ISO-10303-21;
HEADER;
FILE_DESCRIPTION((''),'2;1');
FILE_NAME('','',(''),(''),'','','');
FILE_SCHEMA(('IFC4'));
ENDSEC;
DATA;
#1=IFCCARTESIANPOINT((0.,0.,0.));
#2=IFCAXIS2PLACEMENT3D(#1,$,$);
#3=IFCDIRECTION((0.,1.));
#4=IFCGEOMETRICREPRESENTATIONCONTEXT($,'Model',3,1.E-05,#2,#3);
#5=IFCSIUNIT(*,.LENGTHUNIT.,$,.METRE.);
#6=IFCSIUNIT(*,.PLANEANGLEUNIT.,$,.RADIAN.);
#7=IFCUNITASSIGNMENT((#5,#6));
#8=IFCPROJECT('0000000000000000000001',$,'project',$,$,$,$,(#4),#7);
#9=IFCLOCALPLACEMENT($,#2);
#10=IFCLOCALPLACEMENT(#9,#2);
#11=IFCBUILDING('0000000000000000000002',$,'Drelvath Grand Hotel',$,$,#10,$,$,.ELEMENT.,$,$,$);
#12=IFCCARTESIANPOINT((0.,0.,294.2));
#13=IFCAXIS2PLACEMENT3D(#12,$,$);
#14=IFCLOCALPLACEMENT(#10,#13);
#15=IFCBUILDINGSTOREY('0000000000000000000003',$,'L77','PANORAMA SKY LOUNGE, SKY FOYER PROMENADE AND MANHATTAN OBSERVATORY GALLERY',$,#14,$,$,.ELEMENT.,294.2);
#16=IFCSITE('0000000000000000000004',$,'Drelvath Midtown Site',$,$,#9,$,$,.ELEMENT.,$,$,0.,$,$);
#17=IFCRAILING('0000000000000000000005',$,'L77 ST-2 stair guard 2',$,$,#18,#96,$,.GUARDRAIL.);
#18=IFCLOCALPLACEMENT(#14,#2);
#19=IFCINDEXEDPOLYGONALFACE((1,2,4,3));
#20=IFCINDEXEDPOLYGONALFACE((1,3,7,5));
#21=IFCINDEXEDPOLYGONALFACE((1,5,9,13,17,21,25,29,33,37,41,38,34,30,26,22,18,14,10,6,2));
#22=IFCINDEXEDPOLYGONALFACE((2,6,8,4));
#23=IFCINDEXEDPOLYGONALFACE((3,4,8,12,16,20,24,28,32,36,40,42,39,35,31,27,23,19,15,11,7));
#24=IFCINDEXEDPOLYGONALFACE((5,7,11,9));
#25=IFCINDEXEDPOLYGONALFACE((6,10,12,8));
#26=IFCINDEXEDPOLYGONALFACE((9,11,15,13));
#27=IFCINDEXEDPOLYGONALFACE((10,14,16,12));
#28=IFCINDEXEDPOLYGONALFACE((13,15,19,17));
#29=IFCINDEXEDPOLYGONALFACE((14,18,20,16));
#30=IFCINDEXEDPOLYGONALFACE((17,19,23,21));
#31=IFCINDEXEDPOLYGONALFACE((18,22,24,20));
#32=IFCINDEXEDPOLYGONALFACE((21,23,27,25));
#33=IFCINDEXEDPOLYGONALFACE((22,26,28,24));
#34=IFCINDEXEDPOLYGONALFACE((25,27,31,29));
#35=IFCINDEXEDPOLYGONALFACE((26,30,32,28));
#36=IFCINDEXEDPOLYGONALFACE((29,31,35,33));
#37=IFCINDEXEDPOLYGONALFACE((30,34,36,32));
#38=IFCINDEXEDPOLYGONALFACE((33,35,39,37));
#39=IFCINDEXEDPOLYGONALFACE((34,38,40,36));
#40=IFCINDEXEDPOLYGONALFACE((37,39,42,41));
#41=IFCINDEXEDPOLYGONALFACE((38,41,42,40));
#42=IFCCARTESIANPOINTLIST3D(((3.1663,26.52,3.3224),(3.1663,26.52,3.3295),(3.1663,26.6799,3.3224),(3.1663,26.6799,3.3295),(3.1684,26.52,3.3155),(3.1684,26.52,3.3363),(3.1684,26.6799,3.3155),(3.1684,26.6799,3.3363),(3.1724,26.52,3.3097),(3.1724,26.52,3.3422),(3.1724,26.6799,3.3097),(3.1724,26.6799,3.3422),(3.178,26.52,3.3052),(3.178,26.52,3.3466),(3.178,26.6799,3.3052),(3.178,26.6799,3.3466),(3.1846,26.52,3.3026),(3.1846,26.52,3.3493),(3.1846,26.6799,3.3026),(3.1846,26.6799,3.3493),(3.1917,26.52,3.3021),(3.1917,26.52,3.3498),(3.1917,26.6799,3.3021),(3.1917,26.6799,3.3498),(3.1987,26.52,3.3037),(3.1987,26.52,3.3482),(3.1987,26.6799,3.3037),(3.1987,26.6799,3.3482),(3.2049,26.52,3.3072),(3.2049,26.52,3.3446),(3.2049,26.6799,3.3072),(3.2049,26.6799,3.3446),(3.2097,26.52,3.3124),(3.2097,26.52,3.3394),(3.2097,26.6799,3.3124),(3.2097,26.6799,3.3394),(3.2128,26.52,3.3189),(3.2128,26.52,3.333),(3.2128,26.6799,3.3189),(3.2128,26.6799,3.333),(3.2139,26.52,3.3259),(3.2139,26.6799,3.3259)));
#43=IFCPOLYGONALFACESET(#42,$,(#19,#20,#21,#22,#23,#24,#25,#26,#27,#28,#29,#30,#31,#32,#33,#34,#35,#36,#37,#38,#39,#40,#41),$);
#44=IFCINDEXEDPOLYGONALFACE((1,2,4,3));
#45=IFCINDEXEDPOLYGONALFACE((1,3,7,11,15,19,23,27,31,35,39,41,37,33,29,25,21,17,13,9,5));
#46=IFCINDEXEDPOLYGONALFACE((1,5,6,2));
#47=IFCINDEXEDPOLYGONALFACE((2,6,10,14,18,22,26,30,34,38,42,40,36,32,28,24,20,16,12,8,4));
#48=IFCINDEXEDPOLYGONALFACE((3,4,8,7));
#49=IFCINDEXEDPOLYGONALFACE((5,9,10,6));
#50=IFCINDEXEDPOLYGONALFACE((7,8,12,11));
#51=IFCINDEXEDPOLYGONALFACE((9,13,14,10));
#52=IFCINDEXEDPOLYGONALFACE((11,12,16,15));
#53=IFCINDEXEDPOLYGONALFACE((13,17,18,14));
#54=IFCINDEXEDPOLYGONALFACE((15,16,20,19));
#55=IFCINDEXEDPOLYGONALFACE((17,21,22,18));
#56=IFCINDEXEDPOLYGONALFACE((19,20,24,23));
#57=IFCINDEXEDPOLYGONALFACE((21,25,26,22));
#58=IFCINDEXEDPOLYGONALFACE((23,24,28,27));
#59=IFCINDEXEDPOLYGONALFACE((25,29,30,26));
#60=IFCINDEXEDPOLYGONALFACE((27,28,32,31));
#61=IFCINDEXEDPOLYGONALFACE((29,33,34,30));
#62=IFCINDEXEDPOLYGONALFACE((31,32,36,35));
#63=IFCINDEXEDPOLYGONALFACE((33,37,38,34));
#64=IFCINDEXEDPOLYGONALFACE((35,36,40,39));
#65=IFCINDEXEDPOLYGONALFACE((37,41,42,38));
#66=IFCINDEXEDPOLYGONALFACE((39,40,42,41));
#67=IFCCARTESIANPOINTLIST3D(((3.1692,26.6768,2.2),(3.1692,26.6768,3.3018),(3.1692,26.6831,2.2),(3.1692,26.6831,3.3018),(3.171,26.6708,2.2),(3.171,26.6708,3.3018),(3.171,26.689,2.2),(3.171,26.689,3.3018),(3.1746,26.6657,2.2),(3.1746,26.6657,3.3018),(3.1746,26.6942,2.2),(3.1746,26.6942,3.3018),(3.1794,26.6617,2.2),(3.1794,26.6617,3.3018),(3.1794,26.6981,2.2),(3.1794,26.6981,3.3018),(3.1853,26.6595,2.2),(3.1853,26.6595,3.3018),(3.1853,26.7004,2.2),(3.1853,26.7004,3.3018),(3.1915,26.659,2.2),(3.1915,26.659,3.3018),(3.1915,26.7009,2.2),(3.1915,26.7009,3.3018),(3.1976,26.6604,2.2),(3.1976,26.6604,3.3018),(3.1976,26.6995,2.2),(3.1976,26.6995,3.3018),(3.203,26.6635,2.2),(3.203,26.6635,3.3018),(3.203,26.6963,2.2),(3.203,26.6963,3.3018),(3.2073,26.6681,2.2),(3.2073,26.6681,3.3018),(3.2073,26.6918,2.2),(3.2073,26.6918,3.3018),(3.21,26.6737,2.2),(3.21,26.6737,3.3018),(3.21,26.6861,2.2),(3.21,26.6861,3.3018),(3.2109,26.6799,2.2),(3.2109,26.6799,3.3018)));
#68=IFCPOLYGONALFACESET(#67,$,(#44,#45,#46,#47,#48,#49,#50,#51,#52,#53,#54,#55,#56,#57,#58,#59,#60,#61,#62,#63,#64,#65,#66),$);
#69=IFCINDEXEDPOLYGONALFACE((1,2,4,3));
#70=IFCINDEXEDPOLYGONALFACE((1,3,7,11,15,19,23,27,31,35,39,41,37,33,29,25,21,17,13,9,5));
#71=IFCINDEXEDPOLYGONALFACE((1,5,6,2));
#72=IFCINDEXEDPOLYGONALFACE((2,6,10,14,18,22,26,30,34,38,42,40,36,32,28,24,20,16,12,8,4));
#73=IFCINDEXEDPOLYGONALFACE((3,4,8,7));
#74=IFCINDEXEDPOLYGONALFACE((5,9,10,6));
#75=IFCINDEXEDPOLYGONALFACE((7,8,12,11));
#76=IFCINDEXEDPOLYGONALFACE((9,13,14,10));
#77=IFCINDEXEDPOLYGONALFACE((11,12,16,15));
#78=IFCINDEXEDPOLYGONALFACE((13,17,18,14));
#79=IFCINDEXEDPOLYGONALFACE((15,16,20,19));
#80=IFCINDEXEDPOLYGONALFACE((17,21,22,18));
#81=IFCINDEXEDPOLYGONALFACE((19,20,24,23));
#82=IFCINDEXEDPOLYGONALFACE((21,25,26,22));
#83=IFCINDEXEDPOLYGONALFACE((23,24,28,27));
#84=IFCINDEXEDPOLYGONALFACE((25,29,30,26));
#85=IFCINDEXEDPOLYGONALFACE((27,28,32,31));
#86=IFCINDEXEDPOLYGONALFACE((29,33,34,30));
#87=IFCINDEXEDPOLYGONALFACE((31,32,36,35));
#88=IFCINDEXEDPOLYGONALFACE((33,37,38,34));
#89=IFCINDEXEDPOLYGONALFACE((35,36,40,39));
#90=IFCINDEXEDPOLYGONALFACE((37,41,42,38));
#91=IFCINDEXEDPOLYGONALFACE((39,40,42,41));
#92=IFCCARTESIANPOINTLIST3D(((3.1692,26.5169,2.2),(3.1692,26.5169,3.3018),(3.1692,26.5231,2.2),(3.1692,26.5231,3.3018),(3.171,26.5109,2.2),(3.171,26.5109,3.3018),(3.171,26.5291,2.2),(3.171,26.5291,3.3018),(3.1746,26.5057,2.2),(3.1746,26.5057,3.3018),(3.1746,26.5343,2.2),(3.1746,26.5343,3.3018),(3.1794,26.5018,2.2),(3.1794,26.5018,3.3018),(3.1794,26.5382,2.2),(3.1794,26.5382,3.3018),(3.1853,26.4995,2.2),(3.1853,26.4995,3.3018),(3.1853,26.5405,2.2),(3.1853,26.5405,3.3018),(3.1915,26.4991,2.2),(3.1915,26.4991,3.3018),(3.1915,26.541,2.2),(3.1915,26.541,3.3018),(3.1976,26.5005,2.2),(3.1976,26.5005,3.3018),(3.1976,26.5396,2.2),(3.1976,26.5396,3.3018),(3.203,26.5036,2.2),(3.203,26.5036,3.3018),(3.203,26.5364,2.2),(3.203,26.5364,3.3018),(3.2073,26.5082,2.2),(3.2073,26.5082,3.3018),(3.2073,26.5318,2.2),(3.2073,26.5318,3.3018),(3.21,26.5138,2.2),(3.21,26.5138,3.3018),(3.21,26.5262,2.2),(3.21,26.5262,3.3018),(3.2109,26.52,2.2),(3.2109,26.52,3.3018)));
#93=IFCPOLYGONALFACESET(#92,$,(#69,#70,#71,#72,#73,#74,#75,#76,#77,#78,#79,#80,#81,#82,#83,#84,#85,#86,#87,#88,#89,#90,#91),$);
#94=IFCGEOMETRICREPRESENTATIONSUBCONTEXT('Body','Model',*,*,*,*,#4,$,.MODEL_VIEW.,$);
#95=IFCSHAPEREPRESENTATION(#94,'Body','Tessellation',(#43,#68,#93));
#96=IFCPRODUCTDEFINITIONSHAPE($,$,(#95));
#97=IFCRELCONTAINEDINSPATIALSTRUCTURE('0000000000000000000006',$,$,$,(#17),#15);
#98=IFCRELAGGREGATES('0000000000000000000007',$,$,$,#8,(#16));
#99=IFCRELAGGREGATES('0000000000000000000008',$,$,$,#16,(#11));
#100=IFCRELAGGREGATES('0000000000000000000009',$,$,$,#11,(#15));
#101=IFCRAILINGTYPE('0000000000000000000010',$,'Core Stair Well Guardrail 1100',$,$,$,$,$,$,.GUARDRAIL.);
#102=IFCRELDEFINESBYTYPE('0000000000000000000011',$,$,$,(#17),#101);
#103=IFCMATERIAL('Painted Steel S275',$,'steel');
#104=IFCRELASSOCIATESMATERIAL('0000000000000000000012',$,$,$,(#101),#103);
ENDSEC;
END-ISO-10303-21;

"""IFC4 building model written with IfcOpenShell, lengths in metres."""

from ifc_helpers import new_model, si_unit, direction, frame, origin, origin_2d, place, context, subcontext, project, spatial, circle, extrude, material, type_object, element, save


model = new_model("IFC4")

# Units and contexts
model_context = context("Model", 3, precision=1e-05, world=origin(), true_north=direction((0.0, 1.0)))
body_context = subcontext(model_context, "Body", "Model", "MODEL_VIEW")
ifc_project = project(units=[si_unit("LENGTHUNIT", "METRE"), si_unit("PLANEANGLEUNIT", "RADIAN")], contexts=[model_context])

# Site, building, storey
site_placement = place(None, origin())
site = spatial("IfcSite", under=ifc_project, at=site_placement, Name="Drelvath Midtown Site", CompositionType="ELEMENT", RefElevation=0.0)
building_placement = place(site_placement, origin())
building = spatial("IfcBuilding", under=site, at=building_placement, Name="Drelvath Grand Hotel", CompositionType="ELEMENT")
storey_placement = place(building_placement, frame((0.0, 0.0, 294.2)))
storey = spatial("IfcBuildingStorey", under=building, at=storey_placement, Name="L77", Description="PANORAMA SKY LOUNGE, SKY FOYER PROMENADE AND MANHATTAN OBSERVATORY GALLERY", CompositionType="ELEMENT", Elevation=294.2)

# Railing
ifc_material_1 = material(Name="Painted Steel S275", Category="steel")
railing_type_1 = type_object("IfcRailingType", Name="Core Stair Well Guardrail 1100", PredefinedType="GUARDRAIL", material=ifc_material_1)
railing_1_placement = place(storey_placement, frame((3.1899, 26.6799, 2.2)))
element("IfcRailing", 1, at=railing_1_placement, inside=storey, type_object=railing_type_1, Name="L77 ST-2 stair guard 2", PredefinedType="GUARDRAIL", context=body_context, shape_type="SweptSolid", body=[
    extrude(circle(Radius=0.0239, at=origin_2d()), frame((0.0, 0.0, 1.126), z_axis=(0.0, -1.0, 0.0), x_axis=(1.0, 0.0, 0.0)), (0.0, 0.0, 1.0), 0.1599),
    extrude(circle(Radius=0.021, at=origin_2d()), origin(), (0.0, 0.0, 1.0), 1.1018),
    extrude(circle(Radius=0.021, at=origin_2d()), frame((0.0, -0.1599, 0.0)), (0.0, 0.0, 1.0), 1.1018),
])

save(model, "model.ifc")
